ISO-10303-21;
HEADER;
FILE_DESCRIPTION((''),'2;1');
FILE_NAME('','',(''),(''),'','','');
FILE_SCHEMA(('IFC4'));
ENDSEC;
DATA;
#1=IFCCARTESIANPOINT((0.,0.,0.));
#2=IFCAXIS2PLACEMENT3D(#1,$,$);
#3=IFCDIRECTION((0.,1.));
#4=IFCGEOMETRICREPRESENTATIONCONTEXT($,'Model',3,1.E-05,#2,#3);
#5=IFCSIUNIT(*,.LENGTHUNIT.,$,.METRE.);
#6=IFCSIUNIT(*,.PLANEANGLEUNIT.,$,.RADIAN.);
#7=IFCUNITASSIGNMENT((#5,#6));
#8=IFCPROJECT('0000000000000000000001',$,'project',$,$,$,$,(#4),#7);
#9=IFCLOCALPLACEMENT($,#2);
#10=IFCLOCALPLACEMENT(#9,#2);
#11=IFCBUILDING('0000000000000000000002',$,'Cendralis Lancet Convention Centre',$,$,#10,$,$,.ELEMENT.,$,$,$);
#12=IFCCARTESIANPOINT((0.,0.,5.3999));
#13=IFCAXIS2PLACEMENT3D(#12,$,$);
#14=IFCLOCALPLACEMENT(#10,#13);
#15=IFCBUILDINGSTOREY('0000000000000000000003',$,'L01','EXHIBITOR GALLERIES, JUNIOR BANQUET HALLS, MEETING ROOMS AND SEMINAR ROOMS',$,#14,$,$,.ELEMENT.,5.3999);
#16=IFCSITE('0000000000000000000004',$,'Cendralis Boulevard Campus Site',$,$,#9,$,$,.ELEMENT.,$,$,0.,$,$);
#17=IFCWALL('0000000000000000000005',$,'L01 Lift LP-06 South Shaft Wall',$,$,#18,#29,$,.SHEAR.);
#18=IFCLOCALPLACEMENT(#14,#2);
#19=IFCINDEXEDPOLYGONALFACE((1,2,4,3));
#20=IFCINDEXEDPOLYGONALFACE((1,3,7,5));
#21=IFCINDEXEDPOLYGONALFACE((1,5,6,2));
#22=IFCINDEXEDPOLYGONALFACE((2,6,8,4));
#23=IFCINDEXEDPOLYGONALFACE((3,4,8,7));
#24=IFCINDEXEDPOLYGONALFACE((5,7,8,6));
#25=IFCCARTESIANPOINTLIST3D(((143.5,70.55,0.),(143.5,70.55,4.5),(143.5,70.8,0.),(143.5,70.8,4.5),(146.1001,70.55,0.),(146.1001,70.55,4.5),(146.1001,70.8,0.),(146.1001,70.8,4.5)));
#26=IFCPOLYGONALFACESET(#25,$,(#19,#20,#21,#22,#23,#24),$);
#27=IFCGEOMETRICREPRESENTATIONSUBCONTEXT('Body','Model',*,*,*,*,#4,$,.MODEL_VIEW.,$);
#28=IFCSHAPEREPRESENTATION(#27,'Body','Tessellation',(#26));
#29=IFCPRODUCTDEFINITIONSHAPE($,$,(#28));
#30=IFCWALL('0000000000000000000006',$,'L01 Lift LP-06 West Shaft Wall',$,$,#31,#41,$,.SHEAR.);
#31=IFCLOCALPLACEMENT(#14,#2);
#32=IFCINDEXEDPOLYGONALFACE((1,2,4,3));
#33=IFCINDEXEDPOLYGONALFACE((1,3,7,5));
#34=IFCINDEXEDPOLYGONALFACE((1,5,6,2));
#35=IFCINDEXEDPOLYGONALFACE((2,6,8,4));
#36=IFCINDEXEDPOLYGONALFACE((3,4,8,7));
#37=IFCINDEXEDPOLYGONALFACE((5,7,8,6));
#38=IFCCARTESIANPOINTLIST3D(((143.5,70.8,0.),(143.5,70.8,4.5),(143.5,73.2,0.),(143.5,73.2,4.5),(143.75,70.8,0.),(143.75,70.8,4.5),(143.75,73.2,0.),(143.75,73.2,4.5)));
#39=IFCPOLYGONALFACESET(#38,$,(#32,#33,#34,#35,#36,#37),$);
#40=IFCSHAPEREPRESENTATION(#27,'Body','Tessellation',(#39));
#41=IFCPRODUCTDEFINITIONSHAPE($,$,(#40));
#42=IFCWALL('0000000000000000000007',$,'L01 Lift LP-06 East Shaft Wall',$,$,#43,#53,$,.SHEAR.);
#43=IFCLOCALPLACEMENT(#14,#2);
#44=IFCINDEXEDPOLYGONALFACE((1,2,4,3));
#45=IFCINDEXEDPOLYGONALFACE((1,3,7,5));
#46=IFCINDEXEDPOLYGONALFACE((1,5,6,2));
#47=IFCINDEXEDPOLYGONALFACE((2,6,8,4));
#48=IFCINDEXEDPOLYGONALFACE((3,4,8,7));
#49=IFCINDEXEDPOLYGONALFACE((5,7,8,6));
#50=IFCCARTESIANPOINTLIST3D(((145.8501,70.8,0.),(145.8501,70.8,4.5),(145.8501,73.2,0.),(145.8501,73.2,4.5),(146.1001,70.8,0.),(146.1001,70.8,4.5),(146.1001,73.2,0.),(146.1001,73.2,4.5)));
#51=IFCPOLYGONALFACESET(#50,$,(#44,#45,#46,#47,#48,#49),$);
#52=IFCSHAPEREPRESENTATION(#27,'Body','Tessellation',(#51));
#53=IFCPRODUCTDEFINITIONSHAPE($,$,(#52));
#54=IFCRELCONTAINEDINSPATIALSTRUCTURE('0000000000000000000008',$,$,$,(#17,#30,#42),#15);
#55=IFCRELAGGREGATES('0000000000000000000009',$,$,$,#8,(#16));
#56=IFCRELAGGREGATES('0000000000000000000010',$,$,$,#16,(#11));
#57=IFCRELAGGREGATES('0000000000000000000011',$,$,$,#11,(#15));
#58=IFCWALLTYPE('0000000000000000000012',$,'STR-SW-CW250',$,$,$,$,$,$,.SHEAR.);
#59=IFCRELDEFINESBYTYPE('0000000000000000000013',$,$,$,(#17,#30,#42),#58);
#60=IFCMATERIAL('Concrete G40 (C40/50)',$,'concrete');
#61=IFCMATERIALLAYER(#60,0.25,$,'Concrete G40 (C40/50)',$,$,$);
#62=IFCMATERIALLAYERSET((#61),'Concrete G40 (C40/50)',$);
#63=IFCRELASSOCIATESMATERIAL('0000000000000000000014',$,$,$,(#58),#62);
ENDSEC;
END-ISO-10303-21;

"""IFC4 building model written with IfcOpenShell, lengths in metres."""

from ifc_helpers import new_model, si_unit, direction, frame, frame_2d, origin, place, context, subcontext, project, spatial, rectangle, extrude, material, layer, layer_set, type_object, element, save


model = new_model("IFC4")

# Units and contexts
model_context = context("Model", 3, precision=1e-05, world=origin(), true_north=direction((0.0, 1.0)))
body_context = subcontext(model_context, "Body", "Model", "MODEL_VIEW")
ifc_project = project(units=[si_unit("LENGTHUNIT", "METRE"), si_unit("PLANEANGLEUNIT", "RADIAN")], contexts=[model_context])

# Site, building, storey
site_placement = place(None, origin())
site = spatial("IfcSite", under=ifc_project, at=site_placement, Name="Cendralis Boulevard Campus Site", CompositionType="ELEMENT", RefElevation=0.0)
building_placement = place(site_placement, origin())
building = spatial("IfcBuilding", under=site, at=building_placement, Name="Cendralis Lancet Convention Centre", CompositionType="ELEMENT")
storey_placement = place(building_placement, frame((0.0, 0.0, 5.3999)))
storey = spatial("IfcBuildingStorey", under=building, at=storey_placement, Name="L01", Description="EXHIBITOR GALLERIES, JUNIOR BANQUET HALLS, MEETING ROOMS AND SEMINAR ROOMS", CompositionType="ELEMENT", Elevation=5.3999)

# Shared definitions
ifc_material_1 = material(Name="Concrete G40 (C40/50)", Category="concrete")

# Wall
ifc_layer_1 = layer(ifc_material_1, 0.25, Name="Concrete G40 (C40/50)")
ifc_layer_set_1 = layer_set([ifc_layer_1], Name="Concrete G40 (C40/50)")
wall_type_1 = type_object("IfcWallType", Name="STR-SW-CW250", PredefinedType="SHEAR", material=ifc_layer_set_1)
wall_1_placement = place(storey_placement, frame((143.5, 70.675, 0.0), z_axis=(0.0, 0.0, 1.0), x_axis=(1.0, 0.0, 0.0)))
element("IfcWall", 1, at=wall_1_placement, inside=storey, type_object=wall_type_1, Name="L01 Lift LP-06 South Shaft Wall", PredefinedType="SHEAR", context=body_context, shape_type="SweptSolid", body=[
    extrude(rectangle(XDim=2.6001, YDim=0.25, at=frame_2d((1.3, 0.0))), origin(), (0.0, 0.0, 1.0), 4.5),
])

# Walls
for number, where, z_axis, x_axis, name in (
    (2, (143.625, 70.8, 0.0), (0.0, 0.0, 1.0), (0.0, 1.0, 0.0), "L01 Lift LP-06 West Shaft Wall"),
    (3, (145.9751, 70.8, 0.0), (0.0, 0.0, 1.0), (0.0, 1.0, 0.0), "L01 Lift LP-06 East Shaft Wall"),
):
    element("IfcWall", number, at=place(storey_placement, frame(where, z_axis=z_axis, x_axis=x_axis)), inside=storey, type_object=wall_type_1, Name=name, PredefinedType="SHEAR", context=body_context, shape_type="SweptSolid", body=[
        extrude(rectangle(XDim=2.3999, YDim=0.25, at=frame_2d((1.2, 0.0))), origin(), (0.0, 0.0, 1.0), 4.5),
    ])

save(model, "model.ifc")
